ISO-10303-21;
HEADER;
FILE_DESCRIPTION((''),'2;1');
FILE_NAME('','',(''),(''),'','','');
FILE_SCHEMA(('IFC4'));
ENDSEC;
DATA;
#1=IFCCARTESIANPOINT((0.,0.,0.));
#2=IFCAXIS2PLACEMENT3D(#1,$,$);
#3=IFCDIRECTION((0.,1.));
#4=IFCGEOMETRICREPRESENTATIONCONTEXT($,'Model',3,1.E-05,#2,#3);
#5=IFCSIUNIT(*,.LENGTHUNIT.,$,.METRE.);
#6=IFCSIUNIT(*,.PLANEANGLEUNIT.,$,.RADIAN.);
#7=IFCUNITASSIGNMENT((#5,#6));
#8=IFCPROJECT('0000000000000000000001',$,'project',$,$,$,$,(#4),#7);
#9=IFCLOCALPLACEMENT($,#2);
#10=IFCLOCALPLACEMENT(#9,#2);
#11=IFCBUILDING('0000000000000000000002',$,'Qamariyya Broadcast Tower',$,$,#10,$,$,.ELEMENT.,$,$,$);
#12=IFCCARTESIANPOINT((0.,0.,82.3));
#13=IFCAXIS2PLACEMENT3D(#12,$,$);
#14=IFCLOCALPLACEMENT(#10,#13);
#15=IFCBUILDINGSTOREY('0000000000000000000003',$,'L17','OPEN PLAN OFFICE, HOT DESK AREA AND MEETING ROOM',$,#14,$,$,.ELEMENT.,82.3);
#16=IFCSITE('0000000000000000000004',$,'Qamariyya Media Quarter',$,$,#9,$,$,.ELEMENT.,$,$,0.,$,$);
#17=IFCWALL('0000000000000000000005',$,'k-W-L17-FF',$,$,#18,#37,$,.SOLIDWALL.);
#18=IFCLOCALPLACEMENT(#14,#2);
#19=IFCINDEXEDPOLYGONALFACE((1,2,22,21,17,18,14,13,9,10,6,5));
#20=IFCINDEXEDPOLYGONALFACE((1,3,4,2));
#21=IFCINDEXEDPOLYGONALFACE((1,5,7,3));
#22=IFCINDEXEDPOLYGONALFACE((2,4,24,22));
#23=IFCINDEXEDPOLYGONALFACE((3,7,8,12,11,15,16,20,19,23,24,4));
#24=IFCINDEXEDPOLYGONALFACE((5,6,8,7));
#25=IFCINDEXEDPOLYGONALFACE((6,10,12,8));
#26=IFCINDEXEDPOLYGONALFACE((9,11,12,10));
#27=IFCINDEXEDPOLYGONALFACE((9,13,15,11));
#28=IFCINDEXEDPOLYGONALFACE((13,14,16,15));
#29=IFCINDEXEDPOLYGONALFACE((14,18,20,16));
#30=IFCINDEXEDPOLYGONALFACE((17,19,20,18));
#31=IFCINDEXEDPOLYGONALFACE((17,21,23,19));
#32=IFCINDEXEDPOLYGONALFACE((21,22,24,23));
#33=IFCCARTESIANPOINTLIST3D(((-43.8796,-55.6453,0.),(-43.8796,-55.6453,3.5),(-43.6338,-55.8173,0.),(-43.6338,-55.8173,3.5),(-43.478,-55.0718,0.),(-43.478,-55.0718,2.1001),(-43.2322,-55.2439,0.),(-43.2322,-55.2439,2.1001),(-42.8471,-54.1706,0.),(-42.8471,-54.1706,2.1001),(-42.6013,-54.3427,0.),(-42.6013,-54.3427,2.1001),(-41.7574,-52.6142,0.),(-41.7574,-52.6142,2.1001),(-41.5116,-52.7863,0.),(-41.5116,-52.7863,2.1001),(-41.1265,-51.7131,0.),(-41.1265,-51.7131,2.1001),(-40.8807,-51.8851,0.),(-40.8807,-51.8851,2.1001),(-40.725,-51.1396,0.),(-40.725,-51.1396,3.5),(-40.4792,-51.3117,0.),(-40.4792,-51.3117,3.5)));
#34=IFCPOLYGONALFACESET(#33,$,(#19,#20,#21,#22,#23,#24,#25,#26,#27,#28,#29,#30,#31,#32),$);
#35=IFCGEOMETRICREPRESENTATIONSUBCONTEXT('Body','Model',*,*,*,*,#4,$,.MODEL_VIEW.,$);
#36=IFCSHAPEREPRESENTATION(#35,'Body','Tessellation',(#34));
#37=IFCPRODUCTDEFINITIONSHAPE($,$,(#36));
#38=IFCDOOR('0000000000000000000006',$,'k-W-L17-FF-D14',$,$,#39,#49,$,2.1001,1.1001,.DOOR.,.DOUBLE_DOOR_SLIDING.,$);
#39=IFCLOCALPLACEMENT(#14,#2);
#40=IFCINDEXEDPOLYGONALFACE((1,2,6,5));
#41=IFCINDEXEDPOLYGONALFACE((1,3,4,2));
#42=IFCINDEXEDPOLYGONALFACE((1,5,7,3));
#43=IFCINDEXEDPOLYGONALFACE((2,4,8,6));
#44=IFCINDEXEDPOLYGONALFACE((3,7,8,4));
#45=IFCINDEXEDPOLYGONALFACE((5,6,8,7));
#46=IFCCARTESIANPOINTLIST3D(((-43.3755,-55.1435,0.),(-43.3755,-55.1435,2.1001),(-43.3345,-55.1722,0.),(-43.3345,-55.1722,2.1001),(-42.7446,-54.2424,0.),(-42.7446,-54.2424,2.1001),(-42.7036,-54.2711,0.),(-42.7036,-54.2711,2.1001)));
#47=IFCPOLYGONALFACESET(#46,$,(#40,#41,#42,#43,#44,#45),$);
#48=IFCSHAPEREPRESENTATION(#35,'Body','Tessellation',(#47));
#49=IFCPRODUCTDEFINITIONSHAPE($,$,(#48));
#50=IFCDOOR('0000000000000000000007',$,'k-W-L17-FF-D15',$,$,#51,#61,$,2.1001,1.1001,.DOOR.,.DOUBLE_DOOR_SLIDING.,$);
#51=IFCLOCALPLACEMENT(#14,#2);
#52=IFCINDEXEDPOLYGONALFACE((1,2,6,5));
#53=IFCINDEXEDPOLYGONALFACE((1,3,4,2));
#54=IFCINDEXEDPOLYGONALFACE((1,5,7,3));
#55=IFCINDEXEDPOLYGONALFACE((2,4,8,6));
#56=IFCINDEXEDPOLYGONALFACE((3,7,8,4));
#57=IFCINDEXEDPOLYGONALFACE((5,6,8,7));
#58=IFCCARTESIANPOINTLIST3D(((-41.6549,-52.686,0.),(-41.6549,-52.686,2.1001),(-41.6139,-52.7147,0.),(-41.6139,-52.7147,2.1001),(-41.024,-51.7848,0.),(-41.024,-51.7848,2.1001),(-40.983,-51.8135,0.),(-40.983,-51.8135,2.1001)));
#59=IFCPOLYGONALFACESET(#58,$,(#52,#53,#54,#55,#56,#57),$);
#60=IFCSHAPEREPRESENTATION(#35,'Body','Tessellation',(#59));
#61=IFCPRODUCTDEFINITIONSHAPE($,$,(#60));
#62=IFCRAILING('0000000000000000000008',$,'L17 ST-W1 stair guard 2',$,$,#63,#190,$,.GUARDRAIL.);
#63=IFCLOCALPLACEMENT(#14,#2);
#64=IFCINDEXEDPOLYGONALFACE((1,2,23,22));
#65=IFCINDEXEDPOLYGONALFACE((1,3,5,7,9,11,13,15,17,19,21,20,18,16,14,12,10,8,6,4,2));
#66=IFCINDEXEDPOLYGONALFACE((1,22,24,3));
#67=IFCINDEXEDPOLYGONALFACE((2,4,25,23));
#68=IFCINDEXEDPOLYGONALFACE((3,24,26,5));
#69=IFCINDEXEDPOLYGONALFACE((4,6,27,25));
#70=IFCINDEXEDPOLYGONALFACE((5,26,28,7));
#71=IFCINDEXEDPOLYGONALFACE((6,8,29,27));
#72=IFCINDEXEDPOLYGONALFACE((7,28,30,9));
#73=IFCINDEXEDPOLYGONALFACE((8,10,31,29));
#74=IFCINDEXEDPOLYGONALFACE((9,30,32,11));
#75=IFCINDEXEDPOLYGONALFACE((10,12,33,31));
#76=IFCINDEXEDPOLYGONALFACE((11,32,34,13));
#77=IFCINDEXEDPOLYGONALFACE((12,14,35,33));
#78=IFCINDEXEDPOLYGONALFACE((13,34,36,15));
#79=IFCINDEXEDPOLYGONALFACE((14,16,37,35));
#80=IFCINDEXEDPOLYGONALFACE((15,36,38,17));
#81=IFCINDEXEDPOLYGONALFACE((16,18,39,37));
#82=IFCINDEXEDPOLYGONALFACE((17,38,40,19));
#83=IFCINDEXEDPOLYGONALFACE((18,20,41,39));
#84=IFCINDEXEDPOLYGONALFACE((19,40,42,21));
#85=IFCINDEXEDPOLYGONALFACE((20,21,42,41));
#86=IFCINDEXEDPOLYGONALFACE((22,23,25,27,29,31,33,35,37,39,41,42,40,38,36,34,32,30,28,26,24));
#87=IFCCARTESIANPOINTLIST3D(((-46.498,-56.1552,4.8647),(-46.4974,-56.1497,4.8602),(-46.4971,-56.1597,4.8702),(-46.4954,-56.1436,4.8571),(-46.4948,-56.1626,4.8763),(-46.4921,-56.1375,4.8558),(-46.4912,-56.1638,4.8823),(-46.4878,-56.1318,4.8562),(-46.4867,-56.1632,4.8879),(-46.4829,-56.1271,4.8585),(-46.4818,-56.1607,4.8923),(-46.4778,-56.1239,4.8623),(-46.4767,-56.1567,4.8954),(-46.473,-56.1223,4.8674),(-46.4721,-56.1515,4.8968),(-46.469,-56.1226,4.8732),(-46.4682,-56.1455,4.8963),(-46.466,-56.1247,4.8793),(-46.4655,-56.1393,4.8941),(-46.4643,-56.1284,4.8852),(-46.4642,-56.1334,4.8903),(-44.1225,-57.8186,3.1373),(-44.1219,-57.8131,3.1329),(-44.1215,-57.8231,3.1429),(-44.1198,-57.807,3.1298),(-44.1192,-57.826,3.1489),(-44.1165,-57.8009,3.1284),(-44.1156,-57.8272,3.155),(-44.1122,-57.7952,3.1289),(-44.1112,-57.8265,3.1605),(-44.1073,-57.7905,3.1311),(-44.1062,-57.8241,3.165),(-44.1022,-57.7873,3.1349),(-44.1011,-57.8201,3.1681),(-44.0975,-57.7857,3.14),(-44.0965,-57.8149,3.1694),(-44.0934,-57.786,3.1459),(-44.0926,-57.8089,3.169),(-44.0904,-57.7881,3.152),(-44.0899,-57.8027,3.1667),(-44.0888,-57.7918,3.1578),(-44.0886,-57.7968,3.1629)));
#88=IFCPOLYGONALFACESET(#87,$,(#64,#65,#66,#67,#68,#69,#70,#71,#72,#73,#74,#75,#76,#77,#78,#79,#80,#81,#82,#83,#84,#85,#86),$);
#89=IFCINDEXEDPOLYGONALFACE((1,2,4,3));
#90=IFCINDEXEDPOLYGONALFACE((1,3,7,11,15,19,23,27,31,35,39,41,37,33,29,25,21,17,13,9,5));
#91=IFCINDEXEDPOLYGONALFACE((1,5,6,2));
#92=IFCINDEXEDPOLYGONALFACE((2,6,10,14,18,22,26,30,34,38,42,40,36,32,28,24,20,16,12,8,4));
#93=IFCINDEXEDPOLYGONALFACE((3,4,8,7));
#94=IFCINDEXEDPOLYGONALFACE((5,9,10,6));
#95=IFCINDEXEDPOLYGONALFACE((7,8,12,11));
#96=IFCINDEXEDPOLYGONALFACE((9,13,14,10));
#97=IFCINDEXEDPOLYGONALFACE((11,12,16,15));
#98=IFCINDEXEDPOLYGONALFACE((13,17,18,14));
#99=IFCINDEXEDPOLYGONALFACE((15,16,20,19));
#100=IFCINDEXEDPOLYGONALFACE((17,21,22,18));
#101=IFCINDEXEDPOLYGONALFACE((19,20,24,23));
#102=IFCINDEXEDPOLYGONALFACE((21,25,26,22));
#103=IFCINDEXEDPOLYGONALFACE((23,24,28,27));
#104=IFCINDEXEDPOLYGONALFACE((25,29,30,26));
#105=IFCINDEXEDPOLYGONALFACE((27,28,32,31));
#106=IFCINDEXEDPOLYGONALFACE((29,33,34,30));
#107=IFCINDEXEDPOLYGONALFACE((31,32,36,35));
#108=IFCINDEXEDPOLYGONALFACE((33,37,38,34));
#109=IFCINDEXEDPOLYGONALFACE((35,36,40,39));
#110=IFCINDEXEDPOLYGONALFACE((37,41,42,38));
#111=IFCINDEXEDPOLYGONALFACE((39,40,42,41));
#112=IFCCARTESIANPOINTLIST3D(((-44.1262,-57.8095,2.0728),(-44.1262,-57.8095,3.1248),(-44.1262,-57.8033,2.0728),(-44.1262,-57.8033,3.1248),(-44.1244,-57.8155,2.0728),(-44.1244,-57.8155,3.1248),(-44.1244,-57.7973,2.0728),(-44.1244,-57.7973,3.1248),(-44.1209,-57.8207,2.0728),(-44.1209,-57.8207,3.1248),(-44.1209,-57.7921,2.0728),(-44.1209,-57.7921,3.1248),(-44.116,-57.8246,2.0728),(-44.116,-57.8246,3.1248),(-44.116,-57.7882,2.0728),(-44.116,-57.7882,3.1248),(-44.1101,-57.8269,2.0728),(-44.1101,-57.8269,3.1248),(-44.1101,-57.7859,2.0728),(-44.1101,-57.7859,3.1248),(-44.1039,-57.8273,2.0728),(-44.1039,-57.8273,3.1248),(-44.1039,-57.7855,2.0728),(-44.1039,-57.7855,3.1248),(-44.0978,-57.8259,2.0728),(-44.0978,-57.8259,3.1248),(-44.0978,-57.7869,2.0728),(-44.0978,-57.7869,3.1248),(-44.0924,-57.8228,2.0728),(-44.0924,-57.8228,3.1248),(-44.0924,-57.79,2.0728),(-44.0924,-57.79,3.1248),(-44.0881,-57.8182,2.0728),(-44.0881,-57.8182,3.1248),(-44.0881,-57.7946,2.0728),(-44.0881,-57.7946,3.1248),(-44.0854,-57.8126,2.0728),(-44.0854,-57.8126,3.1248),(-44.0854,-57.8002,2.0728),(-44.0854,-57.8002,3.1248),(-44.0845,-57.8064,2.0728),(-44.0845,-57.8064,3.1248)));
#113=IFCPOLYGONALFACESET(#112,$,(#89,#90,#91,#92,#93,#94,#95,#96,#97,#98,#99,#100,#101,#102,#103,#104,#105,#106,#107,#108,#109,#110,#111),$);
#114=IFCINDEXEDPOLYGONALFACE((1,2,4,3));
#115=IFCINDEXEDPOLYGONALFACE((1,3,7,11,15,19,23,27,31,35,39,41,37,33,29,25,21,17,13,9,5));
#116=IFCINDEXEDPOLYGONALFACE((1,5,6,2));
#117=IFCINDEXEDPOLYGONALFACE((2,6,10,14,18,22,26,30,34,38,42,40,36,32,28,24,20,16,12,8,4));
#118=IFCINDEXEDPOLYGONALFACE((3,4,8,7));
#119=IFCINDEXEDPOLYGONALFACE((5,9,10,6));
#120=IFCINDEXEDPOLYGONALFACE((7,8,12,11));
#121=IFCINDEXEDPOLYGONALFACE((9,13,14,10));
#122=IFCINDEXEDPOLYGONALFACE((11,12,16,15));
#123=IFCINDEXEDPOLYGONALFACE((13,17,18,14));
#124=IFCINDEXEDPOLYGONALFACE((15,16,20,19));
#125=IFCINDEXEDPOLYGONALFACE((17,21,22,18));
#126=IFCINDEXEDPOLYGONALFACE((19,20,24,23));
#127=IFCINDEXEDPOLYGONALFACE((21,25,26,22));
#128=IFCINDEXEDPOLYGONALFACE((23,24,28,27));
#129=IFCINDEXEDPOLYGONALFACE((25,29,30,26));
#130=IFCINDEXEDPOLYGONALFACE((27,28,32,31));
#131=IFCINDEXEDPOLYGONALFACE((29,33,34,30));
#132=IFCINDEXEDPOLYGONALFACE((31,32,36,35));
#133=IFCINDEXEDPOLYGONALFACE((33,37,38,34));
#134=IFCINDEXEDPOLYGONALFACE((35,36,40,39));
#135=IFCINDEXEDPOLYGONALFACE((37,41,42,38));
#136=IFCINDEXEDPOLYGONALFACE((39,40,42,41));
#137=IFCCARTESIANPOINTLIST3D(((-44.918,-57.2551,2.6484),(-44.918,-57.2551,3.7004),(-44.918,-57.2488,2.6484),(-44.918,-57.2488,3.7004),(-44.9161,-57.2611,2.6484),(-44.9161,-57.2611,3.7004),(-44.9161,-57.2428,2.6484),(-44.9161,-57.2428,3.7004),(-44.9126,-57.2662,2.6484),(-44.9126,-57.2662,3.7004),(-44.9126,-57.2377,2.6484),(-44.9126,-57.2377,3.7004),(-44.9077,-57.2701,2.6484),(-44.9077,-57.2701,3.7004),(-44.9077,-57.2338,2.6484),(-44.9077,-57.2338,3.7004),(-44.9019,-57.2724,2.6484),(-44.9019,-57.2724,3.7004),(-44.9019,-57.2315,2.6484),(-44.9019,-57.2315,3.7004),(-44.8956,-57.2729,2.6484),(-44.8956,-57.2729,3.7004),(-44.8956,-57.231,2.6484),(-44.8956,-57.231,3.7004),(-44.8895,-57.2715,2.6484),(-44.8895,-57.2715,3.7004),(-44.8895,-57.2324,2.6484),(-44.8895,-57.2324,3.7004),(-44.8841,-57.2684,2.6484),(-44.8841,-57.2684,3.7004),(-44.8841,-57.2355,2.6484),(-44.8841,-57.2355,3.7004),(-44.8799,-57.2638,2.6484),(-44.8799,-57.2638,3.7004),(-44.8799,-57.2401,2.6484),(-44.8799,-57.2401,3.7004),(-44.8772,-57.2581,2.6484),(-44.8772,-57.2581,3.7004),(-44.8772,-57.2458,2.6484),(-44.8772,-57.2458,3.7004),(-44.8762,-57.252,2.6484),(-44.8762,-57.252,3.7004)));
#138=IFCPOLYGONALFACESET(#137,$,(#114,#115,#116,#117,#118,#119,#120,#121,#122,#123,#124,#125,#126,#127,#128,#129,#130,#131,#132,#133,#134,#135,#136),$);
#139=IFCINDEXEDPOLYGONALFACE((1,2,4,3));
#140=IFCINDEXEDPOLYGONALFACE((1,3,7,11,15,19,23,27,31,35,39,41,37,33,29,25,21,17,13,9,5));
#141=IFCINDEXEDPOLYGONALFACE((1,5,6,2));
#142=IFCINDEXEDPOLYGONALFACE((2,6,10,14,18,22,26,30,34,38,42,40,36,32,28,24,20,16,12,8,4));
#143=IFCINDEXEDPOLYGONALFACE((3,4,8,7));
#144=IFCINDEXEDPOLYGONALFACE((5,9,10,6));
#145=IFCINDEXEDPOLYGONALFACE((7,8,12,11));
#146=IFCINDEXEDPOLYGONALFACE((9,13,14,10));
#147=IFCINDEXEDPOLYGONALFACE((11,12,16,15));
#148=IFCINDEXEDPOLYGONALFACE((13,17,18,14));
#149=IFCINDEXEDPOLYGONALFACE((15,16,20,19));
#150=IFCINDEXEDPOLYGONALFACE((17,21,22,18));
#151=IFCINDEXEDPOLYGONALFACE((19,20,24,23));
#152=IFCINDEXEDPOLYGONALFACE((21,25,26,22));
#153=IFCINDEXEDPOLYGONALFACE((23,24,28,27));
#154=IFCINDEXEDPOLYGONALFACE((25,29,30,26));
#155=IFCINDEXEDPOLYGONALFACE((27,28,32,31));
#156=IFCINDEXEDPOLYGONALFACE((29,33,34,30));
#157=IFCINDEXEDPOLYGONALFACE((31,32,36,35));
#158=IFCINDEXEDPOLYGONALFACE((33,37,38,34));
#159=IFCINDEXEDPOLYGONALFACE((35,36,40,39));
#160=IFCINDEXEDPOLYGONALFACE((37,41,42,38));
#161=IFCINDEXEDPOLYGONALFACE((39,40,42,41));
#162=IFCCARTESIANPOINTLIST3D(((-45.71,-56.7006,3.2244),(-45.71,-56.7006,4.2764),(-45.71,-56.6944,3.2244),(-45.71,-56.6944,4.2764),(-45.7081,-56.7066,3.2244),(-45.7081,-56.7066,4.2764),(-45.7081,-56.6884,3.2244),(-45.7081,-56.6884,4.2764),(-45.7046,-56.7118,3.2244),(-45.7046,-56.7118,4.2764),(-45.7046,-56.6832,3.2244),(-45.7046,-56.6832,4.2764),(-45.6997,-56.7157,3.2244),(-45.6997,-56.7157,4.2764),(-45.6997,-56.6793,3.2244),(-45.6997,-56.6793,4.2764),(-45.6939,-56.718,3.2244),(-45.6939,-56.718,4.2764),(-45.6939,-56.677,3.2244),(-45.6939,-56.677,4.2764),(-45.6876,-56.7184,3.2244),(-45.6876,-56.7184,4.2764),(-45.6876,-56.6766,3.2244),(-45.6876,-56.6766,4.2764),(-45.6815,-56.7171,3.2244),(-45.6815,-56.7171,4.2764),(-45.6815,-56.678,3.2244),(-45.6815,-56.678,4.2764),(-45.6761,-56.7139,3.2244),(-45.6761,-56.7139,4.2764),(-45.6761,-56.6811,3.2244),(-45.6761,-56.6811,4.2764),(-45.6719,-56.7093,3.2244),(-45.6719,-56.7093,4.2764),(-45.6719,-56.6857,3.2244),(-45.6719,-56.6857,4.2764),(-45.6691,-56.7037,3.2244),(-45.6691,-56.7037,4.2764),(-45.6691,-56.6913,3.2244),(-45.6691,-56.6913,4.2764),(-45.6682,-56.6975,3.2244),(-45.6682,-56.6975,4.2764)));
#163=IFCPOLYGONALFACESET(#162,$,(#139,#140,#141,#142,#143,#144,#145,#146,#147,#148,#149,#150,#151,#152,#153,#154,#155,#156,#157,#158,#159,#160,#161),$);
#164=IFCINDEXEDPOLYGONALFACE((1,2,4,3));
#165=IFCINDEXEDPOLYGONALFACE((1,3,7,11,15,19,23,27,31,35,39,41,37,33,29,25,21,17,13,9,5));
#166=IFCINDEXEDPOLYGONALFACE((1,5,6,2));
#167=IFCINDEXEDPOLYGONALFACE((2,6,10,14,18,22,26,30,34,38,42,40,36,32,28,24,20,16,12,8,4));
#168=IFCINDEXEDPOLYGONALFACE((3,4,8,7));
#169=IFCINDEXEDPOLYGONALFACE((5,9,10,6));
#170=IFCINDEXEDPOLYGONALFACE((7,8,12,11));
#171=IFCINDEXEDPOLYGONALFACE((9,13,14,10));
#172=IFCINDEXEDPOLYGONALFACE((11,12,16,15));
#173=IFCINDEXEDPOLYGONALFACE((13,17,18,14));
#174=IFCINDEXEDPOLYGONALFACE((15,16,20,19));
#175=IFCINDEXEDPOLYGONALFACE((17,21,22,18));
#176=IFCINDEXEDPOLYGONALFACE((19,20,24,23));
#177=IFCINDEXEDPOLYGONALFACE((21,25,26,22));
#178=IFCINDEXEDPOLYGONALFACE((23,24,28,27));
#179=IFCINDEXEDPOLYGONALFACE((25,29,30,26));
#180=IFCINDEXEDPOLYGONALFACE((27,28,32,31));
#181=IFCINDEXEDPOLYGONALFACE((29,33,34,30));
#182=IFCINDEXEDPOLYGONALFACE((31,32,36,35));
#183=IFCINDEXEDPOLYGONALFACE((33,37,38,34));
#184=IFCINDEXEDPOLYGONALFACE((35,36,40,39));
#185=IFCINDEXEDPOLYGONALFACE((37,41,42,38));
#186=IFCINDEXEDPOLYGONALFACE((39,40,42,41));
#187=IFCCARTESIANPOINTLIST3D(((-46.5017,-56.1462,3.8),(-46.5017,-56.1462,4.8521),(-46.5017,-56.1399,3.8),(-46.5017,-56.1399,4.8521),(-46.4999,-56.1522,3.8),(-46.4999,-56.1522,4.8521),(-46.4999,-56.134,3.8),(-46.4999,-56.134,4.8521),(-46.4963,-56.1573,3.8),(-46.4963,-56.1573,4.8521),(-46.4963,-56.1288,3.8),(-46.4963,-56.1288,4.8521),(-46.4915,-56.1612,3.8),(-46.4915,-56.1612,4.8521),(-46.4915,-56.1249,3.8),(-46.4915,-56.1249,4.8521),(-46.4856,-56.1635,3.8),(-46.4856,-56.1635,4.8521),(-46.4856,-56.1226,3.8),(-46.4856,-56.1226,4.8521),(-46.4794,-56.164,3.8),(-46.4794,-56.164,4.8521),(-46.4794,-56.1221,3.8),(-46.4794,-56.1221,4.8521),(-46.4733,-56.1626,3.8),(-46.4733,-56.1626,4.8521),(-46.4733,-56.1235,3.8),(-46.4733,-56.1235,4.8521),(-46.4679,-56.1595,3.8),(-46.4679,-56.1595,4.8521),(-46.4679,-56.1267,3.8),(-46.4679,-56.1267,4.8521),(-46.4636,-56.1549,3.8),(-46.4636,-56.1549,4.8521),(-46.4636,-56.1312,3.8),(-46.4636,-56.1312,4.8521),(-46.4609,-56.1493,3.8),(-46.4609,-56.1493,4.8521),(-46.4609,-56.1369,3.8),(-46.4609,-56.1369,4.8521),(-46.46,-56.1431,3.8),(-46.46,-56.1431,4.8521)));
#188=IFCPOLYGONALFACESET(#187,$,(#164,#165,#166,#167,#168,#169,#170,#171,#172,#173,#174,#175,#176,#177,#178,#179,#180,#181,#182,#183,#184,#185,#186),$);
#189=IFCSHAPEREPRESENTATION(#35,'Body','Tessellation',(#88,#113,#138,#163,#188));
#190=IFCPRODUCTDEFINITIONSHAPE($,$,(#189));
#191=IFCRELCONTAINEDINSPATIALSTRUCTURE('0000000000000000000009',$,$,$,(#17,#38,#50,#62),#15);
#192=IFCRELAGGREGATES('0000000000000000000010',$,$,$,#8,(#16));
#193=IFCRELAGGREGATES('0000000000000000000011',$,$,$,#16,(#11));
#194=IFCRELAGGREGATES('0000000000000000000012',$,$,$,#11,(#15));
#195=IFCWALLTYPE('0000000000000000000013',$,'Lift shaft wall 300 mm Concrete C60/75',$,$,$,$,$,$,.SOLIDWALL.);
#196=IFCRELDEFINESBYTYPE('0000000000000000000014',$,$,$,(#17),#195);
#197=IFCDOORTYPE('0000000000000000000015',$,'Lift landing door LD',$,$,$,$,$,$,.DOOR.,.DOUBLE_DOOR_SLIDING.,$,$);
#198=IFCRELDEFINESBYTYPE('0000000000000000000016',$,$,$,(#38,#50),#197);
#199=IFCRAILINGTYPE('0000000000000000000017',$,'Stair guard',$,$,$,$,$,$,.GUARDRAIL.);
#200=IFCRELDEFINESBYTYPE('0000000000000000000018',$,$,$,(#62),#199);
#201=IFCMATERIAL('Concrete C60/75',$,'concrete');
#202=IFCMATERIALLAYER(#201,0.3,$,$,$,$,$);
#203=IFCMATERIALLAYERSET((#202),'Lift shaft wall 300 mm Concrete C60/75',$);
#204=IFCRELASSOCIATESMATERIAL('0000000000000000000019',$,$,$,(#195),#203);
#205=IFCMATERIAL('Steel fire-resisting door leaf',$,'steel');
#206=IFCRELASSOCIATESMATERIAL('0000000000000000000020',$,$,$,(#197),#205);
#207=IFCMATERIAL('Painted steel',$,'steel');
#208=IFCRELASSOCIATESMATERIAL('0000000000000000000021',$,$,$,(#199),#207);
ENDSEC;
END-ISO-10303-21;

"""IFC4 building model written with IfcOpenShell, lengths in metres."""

from ifc_helpers import new_model, si_unit, direction, frame, frame_2d, origin, origin_2d, place, context, subcontext, project, spatial, rectangle, circle, extrude, material, layer, layer_set, type_object, element, fill, save


model = new_model("IFC4")

# Units and contexts
model_context = context("Model", 3, precision=1e-05, world=origin(), true_north=direction((0.0, 1.0)))
body_context = subcontext(model_context, "Body", "Model", "MODEL_VIEW")
ifc_project = project(units=[si_unit("LENGTHUNIT", "METRE"), si_unit("PLANEANGLEUNIT", "RADIAN")], contexts=[model_context])

# Site, building, storey
site_placement = place(None, origin())
site = spatial("IfcSite", under=ifc_project, at=site_placement, Name="Qamariyya Media Quarter", CompositionType="ELEMENT", RefElevation=0.0)
building_placement = place(site_placement, origin())
building = spatial("IfcBuilding", under=site, at=building_placement, Name="Qamariyya Broadcast Tower", CompositionType="ELEMENT")
storey_placement = place(building_placement, frame((0.0, 0.0, 82.3)))
storey = spatial("IfcBuildingStorey", under=building, at=storey_placement, Name="L17", Description="OPEN PLAN OFFICE, HOT DESK AREA AND MEETING ROOM", CompositionType="ELEMENT", Elevation=82.3)

# Shared definitions
ifc_material_1 = material(Name="Steel fire-resisting door leaf", Category="steel")

# Shared definitions
ifc_material_2 = material(Name="Concrete C60/75", Category="concrete")
ifc_layer_1 = layer(ifc_material_2, 0.3)
ifc_layer_set_1 = layer_set([ifc_layer_1], Name="Lift shaft wall 300 mm Concrete C60/75")
wall_type_1 = type_object("IfcWallType", Name="Lift shaft wall 300 mm Concrete C60/75", PredefinedType="SOLIDWALL", material=ifc_layer_set_1)

# Wall, openings, doors
wall_1_placement = place(storey_placement, frame((-43.7566, -55.7312, 0.0), z_axis=(0.0, 0.0, 1.0), x_axis=(0.573537, 0.81918, 0.0)))
wall_1 = element("IfcWall", 1, at=wall_1_placement, inside=storey, type_object=wall_type_1, Name="k-W-L17-FF", PredefinedType="SOLIDWALL", context=body_context, shape_type="SweptSolid", body=[
    extrude(rectangle(XDim=5.5002, YDim=0.3, at=frame_2d((2.75, 0.0))), origin(), (0.0, 0.0, 1.0), 3.5),
])
opening_1_placement = place(wall_1_placement, frame((0.7, 0.0, 0.0)))
opening_1 = element("IfcOpeningElement", 2, at=opening_1_placement, cuts=wall_1, PredefinedType="OPENING", context=body_context, shape_type="SweptSolid", body=[
    extrude(rectangle(XDim=1.1001, YDim=2.1001, at=frame_2d((0.55, 1.05))), frame((0.0, 0.1599, 0.0), z_axis=(0.0, -1.0, 0.0), x_axis=(1.0, 0.0, 0.0)), (0.0, 0.0, 1.0), 0.3201),
])
opening_2_placement = place(wall_1_placement, frame((3.7, 0.0, 0.0)))
opening_2 = element("IfcOpeningElement", 3, at=opening_2_placement, cuts=wall_1, PredefinedType="OPENING", context=body_context, shape_type="SweptSolid", body=[
    extrude(rectangle(XDim=1.1001, YDim=2.1001, at=frame_2d((0.55, 1.05))), frame((0.0, 0.1599, 0.0), z_axis=(0.0, -1.0, 0.0), x_axis=(1.0, 0.0, 0.0)), (0.0, 0.0, 1.0), 0.3201),
])
door_type_1 = type_object("IfcDoorType", Name="Lift landing door LD", OperationType="DOUBLE_DOOR_SLIDING", PredefinedType="DOOR", material=ifc_material_1)
door_1_placement = place(opening_1_placement, origin())
door_1 = element("IfcDoor", 4, at=door_1_placement, inside=storey, type_object=door_type_1, Name="k-W-L17-FF-D14", OperationType="DOUBLE_DOOR_SLIDING", OverallHeight=2.1001, OverallWidth=1.1001, PredefinedType="DOOR", context=body_context, shape_type="SweptSolid", body=[
    extrude(rectangle(XDim=1.1001, YDim=2.1001, at=frame_2d((0.55, 1.05))), frame((0.0, 0.0249, 0.0), z_axis=(0.0, -1.0, 0.0), x_axis=(1.0, 0.0, 0.0)), (0.0, 0.0, 1.0), 0.05),
])
fill(opening_1, door_1)
door_2_placement = place(opening_2_placement, origin())
door_2 = element("IfcDoor", 5, at=door_2_placement, inside=storey, type_object=door_type_1, Name="k-W-L17-FF-D15", OperationType="DOUBLE_DOOR_SLIDING", OverallHeight=2.1001, OverallWidth=1.1001, PredefinedType="DOOR", context=body_context, shape_type="SweptSolid", body=[
    extrude(rectangle(XDim=1.1001, YDim=2.1001, at=frame_2d((0.55, 1.05))), frame((0.0, 0.0249, 0.0), z_axis=(0.0, -1.0, 0.0), x_axis=(1.0, 0.0, 0.0)), (0.0, 0.0, 1.0), 0.05),
])
fill(opening_2, door_2)

# Railing
ifc_material_3 = material(Name="Painted steel", Category="steel")
railing_type_1 = type_object("IfcRailingType", Name="Stair guard", PredefinedType="GUARDRAIL", material=ifc_material_3)
railing_1_placement = place(storey_placement, frame((-44.1055, -57.8064, 2.0728)))
element("IfcRailing", 6, at=railing_1_placement, inside=storey, type_object=railing_type_1, Name="L17 ST-W1 stair guard 2", PredefinedType="GUARDRAIL", context=body_context, shape_type="SweptSolid", body=[
    extrude(circle(Radius=0.0239, at=origin_2d()), frame((0.0, 0.0, 1.0762), z_axis=(-0.70377, 0.492784, 0.511734), x_axis=(-0.573575, -0.819153, 0.0)), (0.0, 0.0, 1.0), 3.3755),
    extrude(circle(Radius=0.021, at=origin_2d()), origin(), (0.0, 0.0, 1.0), 1.052),
    extrude(circle(Radius=0.021, at=origin_2d()), frame((-0.7917, 0.5544, 0.5757)), (0.0, 0.0, 1.0), 1.052),
    extrude(circle(Radius=0.021, at=origin_2d()), frame((-1.5837, 1.1089, 1.1516)), (0.0, 0.0, 1.0), 1.052),
    extrude(circle(Radius=0.021, at=origin_2d()), frame((-2.3755, 1.6633, 1.7273)), (0.0, 0.0, 1.0), 1.052),
])

save(model, "model.ifc")
